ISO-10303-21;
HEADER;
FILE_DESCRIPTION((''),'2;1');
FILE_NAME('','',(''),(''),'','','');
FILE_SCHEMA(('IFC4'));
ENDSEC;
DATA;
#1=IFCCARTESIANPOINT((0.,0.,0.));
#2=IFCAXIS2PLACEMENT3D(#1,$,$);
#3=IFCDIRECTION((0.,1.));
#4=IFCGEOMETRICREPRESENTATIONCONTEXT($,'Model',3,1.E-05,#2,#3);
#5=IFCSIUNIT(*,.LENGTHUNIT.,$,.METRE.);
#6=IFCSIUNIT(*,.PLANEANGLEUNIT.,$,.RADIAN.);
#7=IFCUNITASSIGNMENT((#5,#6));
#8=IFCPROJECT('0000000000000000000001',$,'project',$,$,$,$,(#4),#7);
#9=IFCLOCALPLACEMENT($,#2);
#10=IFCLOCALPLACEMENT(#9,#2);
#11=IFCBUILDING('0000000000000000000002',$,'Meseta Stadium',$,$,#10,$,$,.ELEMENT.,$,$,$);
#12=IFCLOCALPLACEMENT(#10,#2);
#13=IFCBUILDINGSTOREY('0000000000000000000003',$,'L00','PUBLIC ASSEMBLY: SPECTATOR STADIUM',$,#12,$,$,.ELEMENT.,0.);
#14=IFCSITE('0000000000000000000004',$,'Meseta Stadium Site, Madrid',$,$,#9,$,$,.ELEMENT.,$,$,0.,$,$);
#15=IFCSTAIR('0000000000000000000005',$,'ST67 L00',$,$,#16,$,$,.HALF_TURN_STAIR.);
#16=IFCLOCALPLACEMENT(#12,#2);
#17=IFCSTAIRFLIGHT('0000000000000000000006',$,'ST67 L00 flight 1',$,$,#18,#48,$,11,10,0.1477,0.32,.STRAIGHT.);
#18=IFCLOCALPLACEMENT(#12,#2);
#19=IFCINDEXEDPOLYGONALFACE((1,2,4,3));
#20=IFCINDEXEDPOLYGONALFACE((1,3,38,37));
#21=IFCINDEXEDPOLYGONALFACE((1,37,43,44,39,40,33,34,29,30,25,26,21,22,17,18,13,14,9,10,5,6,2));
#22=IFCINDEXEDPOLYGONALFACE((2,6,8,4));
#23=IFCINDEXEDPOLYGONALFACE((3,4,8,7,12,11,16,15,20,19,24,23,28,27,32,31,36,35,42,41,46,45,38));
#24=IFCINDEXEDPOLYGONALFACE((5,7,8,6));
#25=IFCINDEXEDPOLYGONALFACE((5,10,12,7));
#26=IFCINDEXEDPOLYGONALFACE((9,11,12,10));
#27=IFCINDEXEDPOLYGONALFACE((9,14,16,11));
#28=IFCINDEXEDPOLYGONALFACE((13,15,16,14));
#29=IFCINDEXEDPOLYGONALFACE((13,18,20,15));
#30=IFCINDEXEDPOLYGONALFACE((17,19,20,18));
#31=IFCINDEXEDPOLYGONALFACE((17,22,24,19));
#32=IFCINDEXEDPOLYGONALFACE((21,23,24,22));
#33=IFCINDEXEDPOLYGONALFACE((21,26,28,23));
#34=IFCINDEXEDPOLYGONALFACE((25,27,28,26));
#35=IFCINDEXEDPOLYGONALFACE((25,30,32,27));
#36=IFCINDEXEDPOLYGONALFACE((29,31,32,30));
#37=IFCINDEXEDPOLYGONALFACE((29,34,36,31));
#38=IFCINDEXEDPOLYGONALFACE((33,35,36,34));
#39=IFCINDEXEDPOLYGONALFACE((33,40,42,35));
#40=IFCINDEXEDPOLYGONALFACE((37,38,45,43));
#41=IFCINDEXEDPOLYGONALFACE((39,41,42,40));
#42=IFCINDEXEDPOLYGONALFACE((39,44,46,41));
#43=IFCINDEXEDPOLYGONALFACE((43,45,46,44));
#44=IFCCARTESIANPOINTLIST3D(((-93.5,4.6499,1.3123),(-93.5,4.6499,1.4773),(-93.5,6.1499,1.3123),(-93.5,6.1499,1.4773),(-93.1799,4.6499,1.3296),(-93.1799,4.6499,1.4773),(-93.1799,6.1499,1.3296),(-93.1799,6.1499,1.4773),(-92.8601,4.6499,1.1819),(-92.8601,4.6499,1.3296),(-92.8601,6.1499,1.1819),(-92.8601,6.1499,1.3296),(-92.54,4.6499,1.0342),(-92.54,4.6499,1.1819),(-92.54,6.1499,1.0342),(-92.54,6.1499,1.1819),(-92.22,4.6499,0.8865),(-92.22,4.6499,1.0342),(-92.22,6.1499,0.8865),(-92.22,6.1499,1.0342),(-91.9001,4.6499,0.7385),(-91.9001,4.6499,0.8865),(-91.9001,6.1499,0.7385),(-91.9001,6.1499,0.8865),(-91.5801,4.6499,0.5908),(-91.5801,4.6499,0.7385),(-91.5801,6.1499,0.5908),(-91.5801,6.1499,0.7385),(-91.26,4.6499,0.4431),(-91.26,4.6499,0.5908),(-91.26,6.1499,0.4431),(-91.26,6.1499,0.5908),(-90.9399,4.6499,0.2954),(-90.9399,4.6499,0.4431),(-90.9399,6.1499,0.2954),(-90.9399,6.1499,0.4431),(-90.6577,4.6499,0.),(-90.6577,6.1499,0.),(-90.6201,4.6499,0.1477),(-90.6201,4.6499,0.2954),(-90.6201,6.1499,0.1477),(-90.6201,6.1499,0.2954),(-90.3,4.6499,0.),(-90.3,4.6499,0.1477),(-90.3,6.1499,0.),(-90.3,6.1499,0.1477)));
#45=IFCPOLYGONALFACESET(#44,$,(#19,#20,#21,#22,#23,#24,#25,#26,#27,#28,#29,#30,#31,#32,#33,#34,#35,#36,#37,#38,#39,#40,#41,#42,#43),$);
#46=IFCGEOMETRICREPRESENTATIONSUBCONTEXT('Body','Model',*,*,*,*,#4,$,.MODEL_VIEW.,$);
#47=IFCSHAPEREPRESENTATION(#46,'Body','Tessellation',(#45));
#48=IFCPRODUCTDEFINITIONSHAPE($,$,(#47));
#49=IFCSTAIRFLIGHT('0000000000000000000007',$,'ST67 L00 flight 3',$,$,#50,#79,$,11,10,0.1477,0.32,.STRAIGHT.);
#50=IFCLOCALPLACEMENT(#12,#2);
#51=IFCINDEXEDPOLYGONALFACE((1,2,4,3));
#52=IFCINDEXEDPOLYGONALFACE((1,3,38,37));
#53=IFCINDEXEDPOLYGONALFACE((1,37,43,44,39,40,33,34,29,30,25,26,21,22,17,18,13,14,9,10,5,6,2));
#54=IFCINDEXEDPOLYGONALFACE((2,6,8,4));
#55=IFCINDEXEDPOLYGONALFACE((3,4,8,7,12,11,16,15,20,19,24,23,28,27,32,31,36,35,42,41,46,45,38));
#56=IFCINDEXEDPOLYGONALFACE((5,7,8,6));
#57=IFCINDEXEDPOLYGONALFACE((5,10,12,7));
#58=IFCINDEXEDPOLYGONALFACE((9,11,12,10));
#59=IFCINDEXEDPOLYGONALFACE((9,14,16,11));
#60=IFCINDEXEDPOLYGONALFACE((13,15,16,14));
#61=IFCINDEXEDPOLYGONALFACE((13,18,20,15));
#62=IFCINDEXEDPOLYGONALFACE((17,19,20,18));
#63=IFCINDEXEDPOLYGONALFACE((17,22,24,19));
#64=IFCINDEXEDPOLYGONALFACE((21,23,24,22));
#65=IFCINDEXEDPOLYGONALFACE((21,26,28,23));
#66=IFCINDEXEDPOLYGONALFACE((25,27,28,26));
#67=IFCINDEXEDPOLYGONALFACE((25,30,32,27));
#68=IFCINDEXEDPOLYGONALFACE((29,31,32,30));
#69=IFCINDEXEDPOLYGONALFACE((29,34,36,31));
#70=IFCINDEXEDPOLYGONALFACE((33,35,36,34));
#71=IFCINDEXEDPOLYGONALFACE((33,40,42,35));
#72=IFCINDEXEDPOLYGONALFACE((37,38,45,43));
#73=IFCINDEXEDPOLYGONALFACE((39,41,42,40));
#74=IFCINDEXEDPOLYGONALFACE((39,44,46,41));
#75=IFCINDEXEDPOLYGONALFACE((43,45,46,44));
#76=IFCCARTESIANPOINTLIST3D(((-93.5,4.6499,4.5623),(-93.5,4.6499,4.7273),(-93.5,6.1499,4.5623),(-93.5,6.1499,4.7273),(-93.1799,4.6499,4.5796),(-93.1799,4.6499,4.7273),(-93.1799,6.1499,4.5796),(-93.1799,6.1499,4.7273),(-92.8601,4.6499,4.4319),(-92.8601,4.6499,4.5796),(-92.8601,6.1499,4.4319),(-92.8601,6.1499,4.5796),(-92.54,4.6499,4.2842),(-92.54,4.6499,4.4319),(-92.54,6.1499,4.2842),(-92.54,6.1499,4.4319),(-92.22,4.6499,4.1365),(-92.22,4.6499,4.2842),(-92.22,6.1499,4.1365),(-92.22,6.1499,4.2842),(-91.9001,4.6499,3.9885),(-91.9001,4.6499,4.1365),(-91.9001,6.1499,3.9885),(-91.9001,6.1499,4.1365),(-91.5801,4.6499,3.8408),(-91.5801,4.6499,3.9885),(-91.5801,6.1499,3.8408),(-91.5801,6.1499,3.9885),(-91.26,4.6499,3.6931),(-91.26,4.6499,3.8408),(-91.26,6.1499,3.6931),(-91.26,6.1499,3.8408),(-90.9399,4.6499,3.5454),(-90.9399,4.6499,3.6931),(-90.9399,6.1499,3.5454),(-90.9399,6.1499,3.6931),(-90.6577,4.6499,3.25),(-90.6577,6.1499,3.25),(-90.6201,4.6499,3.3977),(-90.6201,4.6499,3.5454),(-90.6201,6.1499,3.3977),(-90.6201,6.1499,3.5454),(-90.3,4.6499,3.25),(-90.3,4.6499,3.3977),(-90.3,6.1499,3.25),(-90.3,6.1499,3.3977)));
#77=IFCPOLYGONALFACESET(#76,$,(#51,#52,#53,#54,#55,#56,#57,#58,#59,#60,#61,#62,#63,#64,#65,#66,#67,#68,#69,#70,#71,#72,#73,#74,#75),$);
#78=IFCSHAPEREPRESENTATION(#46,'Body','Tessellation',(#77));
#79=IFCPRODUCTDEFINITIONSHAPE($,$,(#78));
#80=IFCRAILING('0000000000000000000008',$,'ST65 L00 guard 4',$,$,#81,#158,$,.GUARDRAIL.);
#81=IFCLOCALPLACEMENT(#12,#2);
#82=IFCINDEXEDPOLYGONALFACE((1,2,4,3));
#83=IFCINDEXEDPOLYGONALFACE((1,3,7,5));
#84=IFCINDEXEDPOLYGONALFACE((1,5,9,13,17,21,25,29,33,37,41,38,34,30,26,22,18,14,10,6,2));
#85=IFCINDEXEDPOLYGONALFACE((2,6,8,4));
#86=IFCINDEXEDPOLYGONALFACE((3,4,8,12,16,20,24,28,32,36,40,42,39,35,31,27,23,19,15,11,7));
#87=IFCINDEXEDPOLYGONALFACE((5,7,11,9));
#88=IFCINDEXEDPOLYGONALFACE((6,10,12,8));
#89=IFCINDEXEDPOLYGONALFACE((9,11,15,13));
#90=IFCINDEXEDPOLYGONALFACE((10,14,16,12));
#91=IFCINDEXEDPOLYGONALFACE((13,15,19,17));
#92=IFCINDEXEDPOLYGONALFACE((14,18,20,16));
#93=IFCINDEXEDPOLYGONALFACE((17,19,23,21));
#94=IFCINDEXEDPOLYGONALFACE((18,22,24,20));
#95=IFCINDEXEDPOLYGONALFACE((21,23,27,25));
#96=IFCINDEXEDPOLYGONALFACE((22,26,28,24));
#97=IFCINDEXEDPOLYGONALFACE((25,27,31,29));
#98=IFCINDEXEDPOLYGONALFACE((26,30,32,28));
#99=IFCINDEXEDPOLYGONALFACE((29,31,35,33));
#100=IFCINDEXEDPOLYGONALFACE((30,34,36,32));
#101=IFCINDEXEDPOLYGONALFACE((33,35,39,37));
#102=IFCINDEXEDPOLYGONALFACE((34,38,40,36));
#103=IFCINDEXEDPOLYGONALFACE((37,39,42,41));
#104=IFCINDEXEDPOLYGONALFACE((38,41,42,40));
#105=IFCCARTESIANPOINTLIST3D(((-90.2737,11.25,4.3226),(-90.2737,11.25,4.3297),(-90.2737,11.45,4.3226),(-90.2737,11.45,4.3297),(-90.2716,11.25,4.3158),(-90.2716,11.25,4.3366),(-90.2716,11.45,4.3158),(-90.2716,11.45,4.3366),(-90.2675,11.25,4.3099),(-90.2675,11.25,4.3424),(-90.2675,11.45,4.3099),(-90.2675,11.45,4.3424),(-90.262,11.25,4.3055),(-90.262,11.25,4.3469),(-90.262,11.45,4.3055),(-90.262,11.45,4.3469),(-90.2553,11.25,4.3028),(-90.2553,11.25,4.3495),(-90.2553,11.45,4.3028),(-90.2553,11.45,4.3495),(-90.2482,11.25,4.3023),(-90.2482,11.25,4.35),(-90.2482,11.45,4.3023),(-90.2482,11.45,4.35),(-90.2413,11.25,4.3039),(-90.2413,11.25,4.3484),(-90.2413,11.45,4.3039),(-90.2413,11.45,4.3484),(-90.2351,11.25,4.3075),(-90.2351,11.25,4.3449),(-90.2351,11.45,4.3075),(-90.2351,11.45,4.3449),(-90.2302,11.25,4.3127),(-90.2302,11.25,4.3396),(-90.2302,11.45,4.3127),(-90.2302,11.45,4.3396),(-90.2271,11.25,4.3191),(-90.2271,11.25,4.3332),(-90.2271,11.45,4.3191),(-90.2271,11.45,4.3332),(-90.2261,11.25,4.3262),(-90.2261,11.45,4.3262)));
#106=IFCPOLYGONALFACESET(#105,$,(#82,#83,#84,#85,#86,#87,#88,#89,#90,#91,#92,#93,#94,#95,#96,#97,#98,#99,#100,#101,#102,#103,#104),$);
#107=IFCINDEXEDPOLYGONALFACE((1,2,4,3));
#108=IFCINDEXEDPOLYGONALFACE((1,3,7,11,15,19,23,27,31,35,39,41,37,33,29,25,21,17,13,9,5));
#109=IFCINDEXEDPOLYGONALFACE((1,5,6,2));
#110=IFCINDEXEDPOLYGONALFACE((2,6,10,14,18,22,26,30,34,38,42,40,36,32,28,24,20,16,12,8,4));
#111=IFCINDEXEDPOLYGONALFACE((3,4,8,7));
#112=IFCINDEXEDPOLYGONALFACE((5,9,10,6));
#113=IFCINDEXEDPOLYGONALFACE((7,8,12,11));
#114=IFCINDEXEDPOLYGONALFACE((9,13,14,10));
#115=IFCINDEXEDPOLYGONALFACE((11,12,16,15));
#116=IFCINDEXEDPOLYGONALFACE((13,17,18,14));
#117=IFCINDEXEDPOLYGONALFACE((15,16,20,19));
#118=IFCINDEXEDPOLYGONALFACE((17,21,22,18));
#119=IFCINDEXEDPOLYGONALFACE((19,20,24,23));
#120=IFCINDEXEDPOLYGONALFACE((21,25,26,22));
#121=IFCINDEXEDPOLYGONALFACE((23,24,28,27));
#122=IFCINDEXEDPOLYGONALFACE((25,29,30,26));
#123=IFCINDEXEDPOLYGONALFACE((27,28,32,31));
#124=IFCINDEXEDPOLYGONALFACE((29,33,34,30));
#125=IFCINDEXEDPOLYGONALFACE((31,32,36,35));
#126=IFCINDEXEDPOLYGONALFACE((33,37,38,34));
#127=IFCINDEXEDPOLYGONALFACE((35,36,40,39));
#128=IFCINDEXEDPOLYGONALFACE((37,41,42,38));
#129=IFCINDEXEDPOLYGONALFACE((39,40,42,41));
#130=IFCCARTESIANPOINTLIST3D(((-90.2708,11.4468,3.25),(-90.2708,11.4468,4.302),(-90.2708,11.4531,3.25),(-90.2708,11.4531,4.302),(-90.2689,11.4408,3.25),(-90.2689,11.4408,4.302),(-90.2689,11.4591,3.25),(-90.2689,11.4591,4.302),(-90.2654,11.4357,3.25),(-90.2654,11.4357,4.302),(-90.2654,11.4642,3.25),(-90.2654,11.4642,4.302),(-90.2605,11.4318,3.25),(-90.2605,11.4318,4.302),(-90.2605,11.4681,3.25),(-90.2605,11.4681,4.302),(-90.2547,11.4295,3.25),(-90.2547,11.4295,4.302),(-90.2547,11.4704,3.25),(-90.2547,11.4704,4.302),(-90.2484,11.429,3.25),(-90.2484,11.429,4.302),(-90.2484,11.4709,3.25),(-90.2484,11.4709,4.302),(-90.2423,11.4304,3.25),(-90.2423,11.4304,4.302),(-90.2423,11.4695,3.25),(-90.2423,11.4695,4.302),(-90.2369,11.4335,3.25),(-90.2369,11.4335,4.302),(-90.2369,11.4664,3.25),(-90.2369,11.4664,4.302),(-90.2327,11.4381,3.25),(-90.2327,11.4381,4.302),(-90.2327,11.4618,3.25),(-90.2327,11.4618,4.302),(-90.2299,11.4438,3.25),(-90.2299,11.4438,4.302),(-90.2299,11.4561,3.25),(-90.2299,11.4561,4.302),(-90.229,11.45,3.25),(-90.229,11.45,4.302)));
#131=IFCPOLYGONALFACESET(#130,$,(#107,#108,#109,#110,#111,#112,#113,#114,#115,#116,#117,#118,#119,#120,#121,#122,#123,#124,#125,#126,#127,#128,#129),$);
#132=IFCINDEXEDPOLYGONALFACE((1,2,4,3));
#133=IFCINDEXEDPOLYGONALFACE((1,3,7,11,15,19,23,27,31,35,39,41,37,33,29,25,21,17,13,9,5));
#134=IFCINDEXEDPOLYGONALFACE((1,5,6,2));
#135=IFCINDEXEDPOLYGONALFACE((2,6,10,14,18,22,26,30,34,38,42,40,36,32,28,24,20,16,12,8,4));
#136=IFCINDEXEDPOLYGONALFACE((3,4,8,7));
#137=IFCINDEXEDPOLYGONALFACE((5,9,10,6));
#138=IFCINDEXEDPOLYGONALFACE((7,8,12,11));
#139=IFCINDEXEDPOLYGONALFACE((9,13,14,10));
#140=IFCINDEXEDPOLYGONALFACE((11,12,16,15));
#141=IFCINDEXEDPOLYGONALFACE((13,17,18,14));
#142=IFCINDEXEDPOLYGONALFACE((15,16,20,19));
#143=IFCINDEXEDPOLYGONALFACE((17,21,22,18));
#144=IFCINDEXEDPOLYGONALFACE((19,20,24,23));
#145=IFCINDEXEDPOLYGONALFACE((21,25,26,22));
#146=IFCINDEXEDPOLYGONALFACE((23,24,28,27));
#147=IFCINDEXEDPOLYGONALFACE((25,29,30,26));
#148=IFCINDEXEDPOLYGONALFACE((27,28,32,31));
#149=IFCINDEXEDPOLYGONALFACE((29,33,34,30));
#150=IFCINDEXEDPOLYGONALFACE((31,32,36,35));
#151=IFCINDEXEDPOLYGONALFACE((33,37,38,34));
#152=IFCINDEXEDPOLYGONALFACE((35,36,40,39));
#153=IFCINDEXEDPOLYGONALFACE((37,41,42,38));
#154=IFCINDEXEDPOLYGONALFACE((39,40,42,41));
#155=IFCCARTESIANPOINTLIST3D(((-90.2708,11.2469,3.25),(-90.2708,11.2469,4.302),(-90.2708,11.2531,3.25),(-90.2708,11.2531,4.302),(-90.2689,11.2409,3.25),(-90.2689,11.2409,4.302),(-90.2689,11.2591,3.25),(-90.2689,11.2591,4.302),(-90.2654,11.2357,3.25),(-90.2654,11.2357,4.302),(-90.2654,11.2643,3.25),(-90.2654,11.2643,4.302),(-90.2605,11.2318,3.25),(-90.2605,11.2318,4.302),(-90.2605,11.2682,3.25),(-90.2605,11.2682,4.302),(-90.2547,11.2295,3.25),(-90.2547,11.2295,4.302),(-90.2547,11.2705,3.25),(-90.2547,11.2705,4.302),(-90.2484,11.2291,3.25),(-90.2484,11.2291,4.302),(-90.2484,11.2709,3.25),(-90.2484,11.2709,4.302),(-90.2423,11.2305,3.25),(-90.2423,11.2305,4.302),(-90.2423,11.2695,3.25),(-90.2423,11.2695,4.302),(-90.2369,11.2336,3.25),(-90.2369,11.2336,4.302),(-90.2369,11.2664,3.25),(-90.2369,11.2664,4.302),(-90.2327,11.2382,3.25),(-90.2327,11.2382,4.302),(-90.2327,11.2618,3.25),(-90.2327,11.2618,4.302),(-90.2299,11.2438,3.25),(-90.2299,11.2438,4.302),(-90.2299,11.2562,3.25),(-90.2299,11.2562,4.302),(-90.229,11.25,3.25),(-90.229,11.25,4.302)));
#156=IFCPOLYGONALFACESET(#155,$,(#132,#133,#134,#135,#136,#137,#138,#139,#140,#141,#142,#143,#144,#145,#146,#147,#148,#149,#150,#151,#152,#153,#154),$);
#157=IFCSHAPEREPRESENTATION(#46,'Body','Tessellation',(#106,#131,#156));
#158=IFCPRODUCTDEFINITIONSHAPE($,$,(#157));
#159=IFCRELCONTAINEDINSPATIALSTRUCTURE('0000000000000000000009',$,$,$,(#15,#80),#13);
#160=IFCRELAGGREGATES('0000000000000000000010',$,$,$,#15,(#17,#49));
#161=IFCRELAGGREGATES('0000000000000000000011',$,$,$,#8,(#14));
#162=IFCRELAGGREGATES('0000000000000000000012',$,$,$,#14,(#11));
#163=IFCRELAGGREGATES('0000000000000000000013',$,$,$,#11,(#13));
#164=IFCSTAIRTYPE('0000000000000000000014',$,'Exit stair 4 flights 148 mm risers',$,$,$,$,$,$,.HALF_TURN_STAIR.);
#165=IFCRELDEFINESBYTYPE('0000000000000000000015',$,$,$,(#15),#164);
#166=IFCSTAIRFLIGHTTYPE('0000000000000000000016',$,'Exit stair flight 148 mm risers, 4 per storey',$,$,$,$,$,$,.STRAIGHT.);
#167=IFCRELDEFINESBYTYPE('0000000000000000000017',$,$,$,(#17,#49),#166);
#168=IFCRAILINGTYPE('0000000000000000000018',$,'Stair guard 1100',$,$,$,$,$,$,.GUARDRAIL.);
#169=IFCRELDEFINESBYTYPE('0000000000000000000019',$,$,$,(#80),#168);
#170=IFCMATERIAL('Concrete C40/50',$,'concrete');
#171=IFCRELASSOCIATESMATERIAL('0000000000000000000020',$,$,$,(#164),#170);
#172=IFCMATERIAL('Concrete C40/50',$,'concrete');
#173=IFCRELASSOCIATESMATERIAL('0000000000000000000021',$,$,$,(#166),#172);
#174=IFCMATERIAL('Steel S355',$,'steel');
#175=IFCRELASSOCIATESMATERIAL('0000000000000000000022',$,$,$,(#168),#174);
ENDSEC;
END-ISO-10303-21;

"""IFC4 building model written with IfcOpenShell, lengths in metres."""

from ifc_helpers import new_model, si_unit, direction, frame, origin, origin_2d, place, context, subcontext, project, spatial, polyline, circle, outline, extrude, material, type_object, element, aggregate, save


model = new_model("IFC4")

# Units and contexts
model_context = context("Model", 3, precision=1e-05, world=origin(), true_north=direction((0.0, 1.0)))
body_context = subcontext(model_context, "Body", "Model", "MODEL_VIEW")
ifc_project = project(units=[si_unit("LENGTHUNIT", "METRE"), si_unit("PLANEANGLEUNIT", "RADIAN")], contexts=[model_context])

# Site, building, storey
site_placement = place(None, origin())
site = spatial("IfcSite", under=ifc_project, at=site_placement, Name="Meseta Stadium Site, Madrid", CompositionType="ELEMENT", RefElevation=0.0)
building_placement = place(site_placement, origin())
building = spatial("IfcBuilding", under=site, at=building_placement, Name="Meseta Stadium", CompositionType="ELEMENT")
storey_placement = place(building_placement, origin())
storey = spatial("IfcBuildingStorey", under=building, at=storey_placement, Name="L00", Description="PUBLIC ASSEMBLY: SPECTATOR STADIUM", CompositionType="ELEMENT", Elevation=0.0)

# Stair, stair flights
ifc_material_1 = material(Name="Concrete C40/50", Category="concrete")
stair_type = type_object("IfcStairType", Name="Exit stair 4 flights 148 mm risers", PredefinedType="HALF_TURN_STAIR", material=ifc_material_1)
ifc_material_2 = material(Name="Concrete C40/50", Category="concrete")
stair_flight_type = type_object("IfcStairFlightType", Name="Exit stair flight 148 mm risers, 4 per storey", PredefinedType="STRAIGHT", material=ifc_material_2)
stair_1_placement = place(storey_placement, origin())
stair_1 = element("IfcStair", 1, at=stair_1_placement, inside=storey, type_object=stair_type, Name="ST67 L00", PredefinedType="HALF_TURN_STAIR")
stair_flight_1_placement = place(storey_placement, frame((-90.3, 5.3999, 0.0), z_axis=(0.0, 0.0, 1.0), x_axis=(-1.0, 0.0, 0.0)))
stair_flight_1 = element("IfcStairFlight", 2, at=stair_flight_1_placement, type_object=stair_flight_type, Name="ST67 L00 flight 1", NumberOfRisers=11, NumberOfTreads=10, PredefinedType="STRAIGHT", RiserHeight=0.1477, TreadLength=0.32, context=body_context, shape_type="SweptSolid", body=[
    extrude(outline(polyline([(0.0, 0.0), (0.0, 0.1477), (0.3201, 0.1477), (0.3201, 0.2954), (0.6399, 0.2954), (0.6399, 0.4431), (0.96, 0.4431), (0.96, 0.5908), (1.28, 0.5908), (1.28, 0.7385), (1.6001, 0.7385), (1.6001, 0.8865), (1.9199, 0.8865), (1.9199, 1.0342), (2.24, 1.0342), (2.24, 1.1819), (2.5601, 1.1819), (2.5601, 1.3296), (2.8799, 1.3296), (2.8799, 1.4773), (3.2, 1.4773), (3.2, 1.3123), (0.3577, 0.0), (0.0, 0.0)])), frame((0.0, 0.75, 0.0), z_axis=(0.0, -1.0, 0.0), x_axis=(1.0, 0.0, 0.0)), (0.0, 0.0, 1.0), 1.5),
])
stair_flight_2_placement = place(storey_placement, frame((-90.3, 5.3999, 3.25), z_axis=(0.0, 0.0, 1.0), x_axis=(-1.0, 0.0, 0.0)))
stair_flight_2 = element("IfcStairFlight", 3, at=stair_flight_2_placement, type_object=stair_flight_type, Name="ST67 L00 flight 3", NumberOfRisers=11, NumberOfTreads=10, PredefinedType="STRAIGHT", RiserHeight=0.1477, TreadLength=0.32, context=body_context, shape_type="SweptSolid", body=[
    extrude(outline(polyline([(0.0, 0.0), (0.0, 0.1477), (0.3201, 0.1477), (0.3201, 0.2954), (0.6399, 0.2954), (0.6399, 0.4431), (0.96, 0.4431), (0.96, 0.5908), (1.28, 0.5908), (1.28, 0.7385), (1.6001, 0.7385), (1.6001, 0.8865), (1.9199, 0.8865), (1.9199, 1.0342), (2.24, 1.0342), (2.24, 1.1819), (2.5601, 1.1819), (2.5601, 1.3296), (2.8799, 1.3296), (2.8799, 1.4773), (3.2, 1.4773), (3.2, 1.3123), (0.3577, 0.0), (0.0, 0.0)])), frame((0.0, 0.75, 0.0), z_axis=(0.0, -1.0, 0.0), x_axis=(1.0, 0.0, 0.0)), (0.0, 0.0, 1.0), 1.5),
])
aggregate(stair_1, [stair_flight_1, stair_flight_2])

# Railing
ifc_material_3 = material(Name="Steel S355", Category="steel")
railing_type_1 = type_object("IfcRailingType", Name="Stair guard 1100", PredefinedType="GUARDRAIL", material=ifc_material_3)
railing_1_placement = place(storey_placement, frame((-90.25, 11.45, 3.25)))
element("IfcRailing", 4, at=railing_1_placement, inside=storey, type_object=railing_type_1, Name="ST65 L00 guard 4", PredefinedType="GUARDRAIL", context=body_context, shape_type="SweptSolid", body=[
    extrude(circle(Radius=0.0239, at=origin_2d()), frame((0.0, 0.0, 1.0762), z_axis=(0.0, -1.0, 0.0), x_axis=(1.0, 0.0, 0.0)), (0.0, 0.0, 1.0), 0.2),
    extrude(circle(Radius=0.021, at=origin_2d()), origin(), (0.0, 0.0, 1.0), 1.052),
    extrude(circle(Radius=0.021, at=origin_2d()), frame((0.0, -0.2, 0.0)), (0.0, 0.0, 1.0), 1.052),
])

save(model, "model.ifc")
